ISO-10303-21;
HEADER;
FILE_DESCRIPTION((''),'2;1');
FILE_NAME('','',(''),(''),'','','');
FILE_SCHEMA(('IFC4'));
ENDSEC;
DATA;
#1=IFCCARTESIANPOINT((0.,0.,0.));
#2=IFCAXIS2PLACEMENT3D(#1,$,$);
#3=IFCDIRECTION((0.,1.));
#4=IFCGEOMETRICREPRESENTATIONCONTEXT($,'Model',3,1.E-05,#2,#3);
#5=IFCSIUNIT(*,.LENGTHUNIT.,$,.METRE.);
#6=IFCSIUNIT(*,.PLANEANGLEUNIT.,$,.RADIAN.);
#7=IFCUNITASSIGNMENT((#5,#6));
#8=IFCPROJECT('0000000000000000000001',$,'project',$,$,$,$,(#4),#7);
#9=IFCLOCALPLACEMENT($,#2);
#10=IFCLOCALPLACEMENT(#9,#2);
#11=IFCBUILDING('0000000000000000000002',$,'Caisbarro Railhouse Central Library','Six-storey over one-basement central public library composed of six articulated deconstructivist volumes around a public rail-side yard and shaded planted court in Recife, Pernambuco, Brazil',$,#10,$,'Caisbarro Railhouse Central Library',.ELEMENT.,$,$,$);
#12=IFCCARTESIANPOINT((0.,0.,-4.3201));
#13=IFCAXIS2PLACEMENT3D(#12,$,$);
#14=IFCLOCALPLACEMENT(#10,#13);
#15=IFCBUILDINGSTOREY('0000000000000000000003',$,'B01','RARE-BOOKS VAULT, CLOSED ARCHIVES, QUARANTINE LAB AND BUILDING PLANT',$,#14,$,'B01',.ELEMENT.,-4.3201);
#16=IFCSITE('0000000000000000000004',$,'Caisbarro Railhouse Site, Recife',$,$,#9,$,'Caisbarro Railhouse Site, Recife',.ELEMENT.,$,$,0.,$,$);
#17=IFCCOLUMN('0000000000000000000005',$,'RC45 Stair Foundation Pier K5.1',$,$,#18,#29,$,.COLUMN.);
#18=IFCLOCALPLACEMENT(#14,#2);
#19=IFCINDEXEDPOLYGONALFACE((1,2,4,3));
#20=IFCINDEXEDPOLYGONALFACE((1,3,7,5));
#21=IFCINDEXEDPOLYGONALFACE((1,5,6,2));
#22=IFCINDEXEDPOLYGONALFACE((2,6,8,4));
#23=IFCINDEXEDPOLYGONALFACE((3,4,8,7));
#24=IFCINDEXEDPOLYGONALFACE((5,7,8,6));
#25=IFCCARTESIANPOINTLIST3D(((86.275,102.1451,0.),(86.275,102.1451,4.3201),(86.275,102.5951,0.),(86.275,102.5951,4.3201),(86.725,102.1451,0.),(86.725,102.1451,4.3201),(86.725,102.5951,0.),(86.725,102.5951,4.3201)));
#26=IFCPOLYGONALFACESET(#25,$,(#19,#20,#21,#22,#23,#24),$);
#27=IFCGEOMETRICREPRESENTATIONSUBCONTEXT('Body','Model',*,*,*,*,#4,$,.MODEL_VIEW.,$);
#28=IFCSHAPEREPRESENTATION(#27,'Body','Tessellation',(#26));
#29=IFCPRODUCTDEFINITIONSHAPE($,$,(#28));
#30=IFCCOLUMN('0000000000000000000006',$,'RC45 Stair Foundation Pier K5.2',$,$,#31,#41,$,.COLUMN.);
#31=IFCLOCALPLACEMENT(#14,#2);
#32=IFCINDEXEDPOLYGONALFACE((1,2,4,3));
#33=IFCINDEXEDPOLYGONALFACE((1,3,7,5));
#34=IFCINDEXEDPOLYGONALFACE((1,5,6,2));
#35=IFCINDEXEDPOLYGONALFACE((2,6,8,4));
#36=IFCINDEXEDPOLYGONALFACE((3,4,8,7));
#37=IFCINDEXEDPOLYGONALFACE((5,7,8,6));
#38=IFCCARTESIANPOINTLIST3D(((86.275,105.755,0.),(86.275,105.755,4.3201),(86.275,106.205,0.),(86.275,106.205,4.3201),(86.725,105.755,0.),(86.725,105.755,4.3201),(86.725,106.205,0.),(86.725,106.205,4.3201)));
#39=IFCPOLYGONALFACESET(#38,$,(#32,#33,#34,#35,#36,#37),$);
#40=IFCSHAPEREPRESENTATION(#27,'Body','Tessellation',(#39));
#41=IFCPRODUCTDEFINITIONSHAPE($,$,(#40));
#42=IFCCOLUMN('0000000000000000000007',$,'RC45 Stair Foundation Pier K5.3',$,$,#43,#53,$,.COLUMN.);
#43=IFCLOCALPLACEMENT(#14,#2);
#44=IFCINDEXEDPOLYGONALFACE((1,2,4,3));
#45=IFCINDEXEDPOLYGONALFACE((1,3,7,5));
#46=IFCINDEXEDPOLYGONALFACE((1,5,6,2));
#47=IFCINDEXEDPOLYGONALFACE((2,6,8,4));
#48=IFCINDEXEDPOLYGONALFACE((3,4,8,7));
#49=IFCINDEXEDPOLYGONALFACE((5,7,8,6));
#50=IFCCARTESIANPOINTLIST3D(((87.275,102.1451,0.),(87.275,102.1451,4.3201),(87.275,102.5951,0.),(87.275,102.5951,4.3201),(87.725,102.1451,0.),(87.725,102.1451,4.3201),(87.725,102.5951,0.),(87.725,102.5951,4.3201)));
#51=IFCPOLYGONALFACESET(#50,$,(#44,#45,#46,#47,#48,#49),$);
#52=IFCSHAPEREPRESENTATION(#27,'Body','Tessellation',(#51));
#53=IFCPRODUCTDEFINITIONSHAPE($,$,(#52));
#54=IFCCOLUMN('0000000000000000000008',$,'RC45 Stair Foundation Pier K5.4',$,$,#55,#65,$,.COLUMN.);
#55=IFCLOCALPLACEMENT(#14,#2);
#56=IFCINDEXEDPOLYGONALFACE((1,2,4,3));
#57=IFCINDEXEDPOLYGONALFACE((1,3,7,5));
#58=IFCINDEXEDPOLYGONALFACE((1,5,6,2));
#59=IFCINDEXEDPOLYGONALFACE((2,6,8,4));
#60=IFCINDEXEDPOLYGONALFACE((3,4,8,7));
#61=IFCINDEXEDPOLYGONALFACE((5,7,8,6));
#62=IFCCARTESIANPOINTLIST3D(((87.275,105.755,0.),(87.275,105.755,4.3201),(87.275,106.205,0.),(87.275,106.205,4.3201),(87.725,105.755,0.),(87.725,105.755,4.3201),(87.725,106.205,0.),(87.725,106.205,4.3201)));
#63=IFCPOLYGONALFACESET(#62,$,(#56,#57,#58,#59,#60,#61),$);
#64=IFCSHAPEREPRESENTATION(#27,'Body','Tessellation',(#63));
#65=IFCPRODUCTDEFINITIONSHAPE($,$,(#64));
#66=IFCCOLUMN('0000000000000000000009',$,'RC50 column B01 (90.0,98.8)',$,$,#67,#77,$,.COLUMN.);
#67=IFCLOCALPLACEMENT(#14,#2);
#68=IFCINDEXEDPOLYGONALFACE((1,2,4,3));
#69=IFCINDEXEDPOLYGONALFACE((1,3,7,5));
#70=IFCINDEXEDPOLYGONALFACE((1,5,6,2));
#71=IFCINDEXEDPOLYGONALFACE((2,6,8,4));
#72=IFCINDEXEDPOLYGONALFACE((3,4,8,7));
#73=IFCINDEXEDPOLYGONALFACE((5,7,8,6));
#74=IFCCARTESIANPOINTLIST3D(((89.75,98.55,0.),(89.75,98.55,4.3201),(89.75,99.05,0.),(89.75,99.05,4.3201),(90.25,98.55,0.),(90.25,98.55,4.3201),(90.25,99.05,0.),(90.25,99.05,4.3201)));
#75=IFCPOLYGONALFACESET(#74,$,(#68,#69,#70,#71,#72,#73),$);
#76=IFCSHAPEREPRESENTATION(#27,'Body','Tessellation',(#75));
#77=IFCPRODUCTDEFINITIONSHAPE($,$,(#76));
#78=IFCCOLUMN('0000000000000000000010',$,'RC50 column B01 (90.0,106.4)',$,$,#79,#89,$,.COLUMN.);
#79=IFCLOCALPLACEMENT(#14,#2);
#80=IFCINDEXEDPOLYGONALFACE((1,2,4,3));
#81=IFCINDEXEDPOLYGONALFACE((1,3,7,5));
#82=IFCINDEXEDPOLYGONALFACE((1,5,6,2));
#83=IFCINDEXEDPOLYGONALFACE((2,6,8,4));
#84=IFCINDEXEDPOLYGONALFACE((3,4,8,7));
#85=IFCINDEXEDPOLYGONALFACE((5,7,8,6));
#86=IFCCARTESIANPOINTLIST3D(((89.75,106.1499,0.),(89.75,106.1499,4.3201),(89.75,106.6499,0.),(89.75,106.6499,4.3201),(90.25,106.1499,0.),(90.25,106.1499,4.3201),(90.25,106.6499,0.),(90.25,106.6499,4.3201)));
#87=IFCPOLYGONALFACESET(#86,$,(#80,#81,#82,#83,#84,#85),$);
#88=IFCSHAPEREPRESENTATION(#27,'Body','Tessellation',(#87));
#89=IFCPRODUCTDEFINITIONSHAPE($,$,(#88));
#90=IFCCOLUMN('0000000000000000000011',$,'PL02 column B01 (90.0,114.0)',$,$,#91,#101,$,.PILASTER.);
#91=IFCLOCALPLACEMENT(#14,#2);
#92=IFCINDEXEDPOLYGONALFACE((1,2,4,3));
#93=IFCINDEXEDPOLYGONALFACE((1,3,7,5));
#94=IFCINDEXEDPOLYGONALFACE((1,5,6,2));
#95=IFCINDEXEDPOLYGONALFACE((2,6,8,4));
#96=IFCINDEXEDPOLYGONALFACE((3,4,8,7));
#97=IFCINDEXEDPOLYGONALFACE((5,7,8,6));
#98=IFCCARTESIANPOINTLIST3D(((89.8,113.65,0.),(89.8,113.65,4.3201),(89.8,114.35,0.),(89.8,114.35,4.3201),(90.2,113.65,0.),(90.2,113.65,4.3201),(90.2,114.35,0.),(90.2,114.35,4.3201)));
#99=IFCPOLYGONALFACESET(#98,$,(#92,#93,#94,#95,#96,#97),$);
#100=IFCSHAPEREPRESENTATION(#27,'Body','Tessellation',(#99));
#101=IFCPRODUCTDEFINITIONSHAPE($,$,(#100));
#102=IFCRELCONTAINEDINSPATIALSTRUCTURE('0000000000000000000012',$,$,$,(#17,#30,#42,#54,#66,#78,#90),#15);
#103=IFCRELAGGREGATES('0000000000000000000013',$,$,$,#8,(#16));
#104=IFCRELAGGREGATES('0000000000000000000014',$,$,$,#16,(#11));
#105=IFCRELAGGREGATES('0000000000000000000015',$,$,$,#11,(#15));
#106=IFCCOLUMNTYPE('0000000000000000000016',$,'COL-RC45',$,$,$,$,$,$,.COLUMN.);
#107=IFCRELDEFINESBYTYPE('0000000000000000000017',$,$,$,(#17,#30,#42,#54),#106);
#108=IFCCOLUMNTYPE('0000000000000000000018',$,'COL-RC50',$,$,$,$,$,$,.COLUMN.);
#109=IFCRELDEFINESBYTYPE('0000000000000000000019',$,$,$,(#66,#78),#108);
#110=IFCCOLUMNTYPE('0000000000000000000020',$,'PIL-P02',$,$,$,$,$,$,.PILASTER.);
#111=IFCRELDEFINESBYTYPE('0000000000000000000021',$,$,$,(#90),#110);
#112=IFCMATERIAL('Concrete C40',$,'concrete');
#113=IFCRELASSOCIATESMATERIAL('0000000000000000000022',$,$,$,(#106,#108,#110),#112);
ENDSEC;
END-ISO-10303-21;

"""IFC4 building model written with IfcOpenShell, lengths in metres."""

from ifc_helpers import new_model, si_unit, direction, frame, origin, origin_2d, place, context, subcontext, project, spatial, rectangle, extrude, material, material_profile, profile_set, type_object, element, save


model = new_model("IFC4")

# Units and contexts
model_context = context("Model", 3, precision=1e-05, world=origin(), true_north=direction((0.0, 1.0)))
body_context = subcontext(model_context, "Body", "Model", "MODEL_VIEW")
ifc_project = project(units=[si_unit("LENGTHUNIT", "METRE"), si_unit("PLANEANGLEUNIT", "RADIAN")], contexts=[model_context])

# Site, building, storey
site_placement = place(None, origin())
site = spatial("IfcSite", under=ifc_project, at=site_placement, Name="Caisbarro Railhouse Site, Recife", LongName="Caisbarro Railhouse Site, Recife", CompositionType="ELEMENT", RefElevation=0.0)
building_placement = place(site_placement, origin())
building = spatial("IfcBuilding", under=site, at=building_placement, Name="Caisbarro Railhouse Central Library", Description="Six-storey over one-basement central public library composed of six articulated deconstructivist volumes around a public rail-side yard and shaded planted court in Recife, Pernambuco, Brazil", LongName="Caisbarro Railhouse Central Library", CompositionType="ELEMENT")
storey_placement = place(building_placement, frame((0.0, 0.0, -4.3201)))
storey = spatial("IfcBuildingStorey", under=building, at=storey_placement, Name="B01", Description="RARE-BOOKS VAULT, CLOSED ARCHIVES, QUARANTINE LAB AND BUILDING PLANT", LongName="B01", CompositionType="ELEMENT", Elevation=-4.3201)

# Shared definitions
ifc_material_1 = material(Name="Concrete C40", Category="concrete")

# Columns
ifc_material_profile_1 = material_profile(ifc_material_1, rectangle(XDim=0.45, YDim=0.45, at=origin_2d()), Name="RC-COL-450X450")
ifc_profile_set_1 = profile_set([ifc_material_profile_1], Name="Concrete C40")
column_type_1 = type_object("IfcColumnType", Name="COL-RC45", PredefinedType="COLUMN", material=ifc_profile_set_1)
for number, where, z_axis, x_axis, name in (
    (1, (86.5, 102.3701, 0.0), (0.0, 0.0, 1.0), (1.0, 0.0, 0.0), "RC45 Stair Foundation Pier K5.1"),
    (2, (86.5, 105.98, 0.0), (0.0, 0.0, 1.0), (1.0, 0.0, 0.0), "RC45 Stair Foundation Pier K5.2"),
    (3, (87.5, 102.3701, 0.0), (0.0, 0.0, 1.0), (1.0, 0.0, 0.0), "RC45 Stair Foundation Pier K5.3"),
    (4, (87.5, 105.98, 0.0), (0.0, 0.0, 1.0), (1.0, 0.0, 0.0), "RC45 Stair Foundation Pier K5.4"),
):
    element("IfcColumn", number, at=place(storey_placement, frame(where, z_axis=z_axis, x_axis=x_axis)), inside=storey, type_object=column_type_1, Name=name, PredefinedType="COLUMN", context=body_context, shape_type="SweptSolid", body=[
        extrude(rectangle(XDim=0.45, YDim=0.45, at=origin_2d()), origin(), (0.0, 0.0, 1.0), 4.3201),
    ])
ifc_material_profile_2 = material_profile(ifc_material_1, rectangle(XDim=0.5, YDim=0.5, at=origin_2d()), Name="RC-COL-500X500")
ifc_profile_set_2 = profile_set([ifc_material_profile_2], Name="Concrete C40")
column_type_2 = type_object("IfcColumnType", Name="COL-RC50", PredefinedType="COLUMN", material=ifc_profile_set_2)
for number, where, z_axis, x_axis, name in (
    (5, (90.0, 98.8, 0.0), (0.0, 0.0, 1.0), (1.0, 0.0, 0.0), "RC50 column B01 (90.0,98.8)"),
    (6, (90.0, 106.3999, 0.0), (0.0, 0.0, 1.0), (1.0, 0.0, 0.0), "RC50 column B01 (90.0,106.4)"),
):
    element("IfcColumn", number, at=place(storey_placement, frame(where, z_axis=z_axis, x_axis=x_axis)), inside=storey, type_object=column_type_2, Name=name, PredefinedType="COLUMN", context=body_context, shape_type="SweptSolid", body=[
        extrude(rectangle(XDim=0.5, YDim=0.5, at=origin_2d()), origin(), (0.0, 0.0, 1.0), 4.3201),
    ])
ifc_material_profile_3 = material_profile(ifc_material_1, rectangle(XDim=0.3999, YDim=0.7, at=origin_2d()), Name="RC-PIL-400X700")
ifc_profile_set_3 = profile_set([ifc_material_profile_3], Name="Concrete C40")
column_type_3 = type_object("IfcColumnType", Name="PIL-P02", PredefinedType="PILASTER", material=ifc_profile_set_3)
column_placement = place(storey_placement, frame((90.0, 114.0, 0.0), z_axis=(0.0, 0.0, 1.0), x_axis=(1.0, 0.0, 0.0)))
element("IfcColumn", 7, at=column_placement, inside=storey, type_object=column_type_3, Name="PL02 column B01 (90.0,114.0)", PredefinedType="PILASTER", context=body_context, shape_type="SweptSolid", body=[
    extrude(rectangle(XDim=0.3999, YDim=0.7, at=origin_2d()), origin(), (0.0, 0.0, 1.0), 4.3201),
])

save(model, "model.ifc")
